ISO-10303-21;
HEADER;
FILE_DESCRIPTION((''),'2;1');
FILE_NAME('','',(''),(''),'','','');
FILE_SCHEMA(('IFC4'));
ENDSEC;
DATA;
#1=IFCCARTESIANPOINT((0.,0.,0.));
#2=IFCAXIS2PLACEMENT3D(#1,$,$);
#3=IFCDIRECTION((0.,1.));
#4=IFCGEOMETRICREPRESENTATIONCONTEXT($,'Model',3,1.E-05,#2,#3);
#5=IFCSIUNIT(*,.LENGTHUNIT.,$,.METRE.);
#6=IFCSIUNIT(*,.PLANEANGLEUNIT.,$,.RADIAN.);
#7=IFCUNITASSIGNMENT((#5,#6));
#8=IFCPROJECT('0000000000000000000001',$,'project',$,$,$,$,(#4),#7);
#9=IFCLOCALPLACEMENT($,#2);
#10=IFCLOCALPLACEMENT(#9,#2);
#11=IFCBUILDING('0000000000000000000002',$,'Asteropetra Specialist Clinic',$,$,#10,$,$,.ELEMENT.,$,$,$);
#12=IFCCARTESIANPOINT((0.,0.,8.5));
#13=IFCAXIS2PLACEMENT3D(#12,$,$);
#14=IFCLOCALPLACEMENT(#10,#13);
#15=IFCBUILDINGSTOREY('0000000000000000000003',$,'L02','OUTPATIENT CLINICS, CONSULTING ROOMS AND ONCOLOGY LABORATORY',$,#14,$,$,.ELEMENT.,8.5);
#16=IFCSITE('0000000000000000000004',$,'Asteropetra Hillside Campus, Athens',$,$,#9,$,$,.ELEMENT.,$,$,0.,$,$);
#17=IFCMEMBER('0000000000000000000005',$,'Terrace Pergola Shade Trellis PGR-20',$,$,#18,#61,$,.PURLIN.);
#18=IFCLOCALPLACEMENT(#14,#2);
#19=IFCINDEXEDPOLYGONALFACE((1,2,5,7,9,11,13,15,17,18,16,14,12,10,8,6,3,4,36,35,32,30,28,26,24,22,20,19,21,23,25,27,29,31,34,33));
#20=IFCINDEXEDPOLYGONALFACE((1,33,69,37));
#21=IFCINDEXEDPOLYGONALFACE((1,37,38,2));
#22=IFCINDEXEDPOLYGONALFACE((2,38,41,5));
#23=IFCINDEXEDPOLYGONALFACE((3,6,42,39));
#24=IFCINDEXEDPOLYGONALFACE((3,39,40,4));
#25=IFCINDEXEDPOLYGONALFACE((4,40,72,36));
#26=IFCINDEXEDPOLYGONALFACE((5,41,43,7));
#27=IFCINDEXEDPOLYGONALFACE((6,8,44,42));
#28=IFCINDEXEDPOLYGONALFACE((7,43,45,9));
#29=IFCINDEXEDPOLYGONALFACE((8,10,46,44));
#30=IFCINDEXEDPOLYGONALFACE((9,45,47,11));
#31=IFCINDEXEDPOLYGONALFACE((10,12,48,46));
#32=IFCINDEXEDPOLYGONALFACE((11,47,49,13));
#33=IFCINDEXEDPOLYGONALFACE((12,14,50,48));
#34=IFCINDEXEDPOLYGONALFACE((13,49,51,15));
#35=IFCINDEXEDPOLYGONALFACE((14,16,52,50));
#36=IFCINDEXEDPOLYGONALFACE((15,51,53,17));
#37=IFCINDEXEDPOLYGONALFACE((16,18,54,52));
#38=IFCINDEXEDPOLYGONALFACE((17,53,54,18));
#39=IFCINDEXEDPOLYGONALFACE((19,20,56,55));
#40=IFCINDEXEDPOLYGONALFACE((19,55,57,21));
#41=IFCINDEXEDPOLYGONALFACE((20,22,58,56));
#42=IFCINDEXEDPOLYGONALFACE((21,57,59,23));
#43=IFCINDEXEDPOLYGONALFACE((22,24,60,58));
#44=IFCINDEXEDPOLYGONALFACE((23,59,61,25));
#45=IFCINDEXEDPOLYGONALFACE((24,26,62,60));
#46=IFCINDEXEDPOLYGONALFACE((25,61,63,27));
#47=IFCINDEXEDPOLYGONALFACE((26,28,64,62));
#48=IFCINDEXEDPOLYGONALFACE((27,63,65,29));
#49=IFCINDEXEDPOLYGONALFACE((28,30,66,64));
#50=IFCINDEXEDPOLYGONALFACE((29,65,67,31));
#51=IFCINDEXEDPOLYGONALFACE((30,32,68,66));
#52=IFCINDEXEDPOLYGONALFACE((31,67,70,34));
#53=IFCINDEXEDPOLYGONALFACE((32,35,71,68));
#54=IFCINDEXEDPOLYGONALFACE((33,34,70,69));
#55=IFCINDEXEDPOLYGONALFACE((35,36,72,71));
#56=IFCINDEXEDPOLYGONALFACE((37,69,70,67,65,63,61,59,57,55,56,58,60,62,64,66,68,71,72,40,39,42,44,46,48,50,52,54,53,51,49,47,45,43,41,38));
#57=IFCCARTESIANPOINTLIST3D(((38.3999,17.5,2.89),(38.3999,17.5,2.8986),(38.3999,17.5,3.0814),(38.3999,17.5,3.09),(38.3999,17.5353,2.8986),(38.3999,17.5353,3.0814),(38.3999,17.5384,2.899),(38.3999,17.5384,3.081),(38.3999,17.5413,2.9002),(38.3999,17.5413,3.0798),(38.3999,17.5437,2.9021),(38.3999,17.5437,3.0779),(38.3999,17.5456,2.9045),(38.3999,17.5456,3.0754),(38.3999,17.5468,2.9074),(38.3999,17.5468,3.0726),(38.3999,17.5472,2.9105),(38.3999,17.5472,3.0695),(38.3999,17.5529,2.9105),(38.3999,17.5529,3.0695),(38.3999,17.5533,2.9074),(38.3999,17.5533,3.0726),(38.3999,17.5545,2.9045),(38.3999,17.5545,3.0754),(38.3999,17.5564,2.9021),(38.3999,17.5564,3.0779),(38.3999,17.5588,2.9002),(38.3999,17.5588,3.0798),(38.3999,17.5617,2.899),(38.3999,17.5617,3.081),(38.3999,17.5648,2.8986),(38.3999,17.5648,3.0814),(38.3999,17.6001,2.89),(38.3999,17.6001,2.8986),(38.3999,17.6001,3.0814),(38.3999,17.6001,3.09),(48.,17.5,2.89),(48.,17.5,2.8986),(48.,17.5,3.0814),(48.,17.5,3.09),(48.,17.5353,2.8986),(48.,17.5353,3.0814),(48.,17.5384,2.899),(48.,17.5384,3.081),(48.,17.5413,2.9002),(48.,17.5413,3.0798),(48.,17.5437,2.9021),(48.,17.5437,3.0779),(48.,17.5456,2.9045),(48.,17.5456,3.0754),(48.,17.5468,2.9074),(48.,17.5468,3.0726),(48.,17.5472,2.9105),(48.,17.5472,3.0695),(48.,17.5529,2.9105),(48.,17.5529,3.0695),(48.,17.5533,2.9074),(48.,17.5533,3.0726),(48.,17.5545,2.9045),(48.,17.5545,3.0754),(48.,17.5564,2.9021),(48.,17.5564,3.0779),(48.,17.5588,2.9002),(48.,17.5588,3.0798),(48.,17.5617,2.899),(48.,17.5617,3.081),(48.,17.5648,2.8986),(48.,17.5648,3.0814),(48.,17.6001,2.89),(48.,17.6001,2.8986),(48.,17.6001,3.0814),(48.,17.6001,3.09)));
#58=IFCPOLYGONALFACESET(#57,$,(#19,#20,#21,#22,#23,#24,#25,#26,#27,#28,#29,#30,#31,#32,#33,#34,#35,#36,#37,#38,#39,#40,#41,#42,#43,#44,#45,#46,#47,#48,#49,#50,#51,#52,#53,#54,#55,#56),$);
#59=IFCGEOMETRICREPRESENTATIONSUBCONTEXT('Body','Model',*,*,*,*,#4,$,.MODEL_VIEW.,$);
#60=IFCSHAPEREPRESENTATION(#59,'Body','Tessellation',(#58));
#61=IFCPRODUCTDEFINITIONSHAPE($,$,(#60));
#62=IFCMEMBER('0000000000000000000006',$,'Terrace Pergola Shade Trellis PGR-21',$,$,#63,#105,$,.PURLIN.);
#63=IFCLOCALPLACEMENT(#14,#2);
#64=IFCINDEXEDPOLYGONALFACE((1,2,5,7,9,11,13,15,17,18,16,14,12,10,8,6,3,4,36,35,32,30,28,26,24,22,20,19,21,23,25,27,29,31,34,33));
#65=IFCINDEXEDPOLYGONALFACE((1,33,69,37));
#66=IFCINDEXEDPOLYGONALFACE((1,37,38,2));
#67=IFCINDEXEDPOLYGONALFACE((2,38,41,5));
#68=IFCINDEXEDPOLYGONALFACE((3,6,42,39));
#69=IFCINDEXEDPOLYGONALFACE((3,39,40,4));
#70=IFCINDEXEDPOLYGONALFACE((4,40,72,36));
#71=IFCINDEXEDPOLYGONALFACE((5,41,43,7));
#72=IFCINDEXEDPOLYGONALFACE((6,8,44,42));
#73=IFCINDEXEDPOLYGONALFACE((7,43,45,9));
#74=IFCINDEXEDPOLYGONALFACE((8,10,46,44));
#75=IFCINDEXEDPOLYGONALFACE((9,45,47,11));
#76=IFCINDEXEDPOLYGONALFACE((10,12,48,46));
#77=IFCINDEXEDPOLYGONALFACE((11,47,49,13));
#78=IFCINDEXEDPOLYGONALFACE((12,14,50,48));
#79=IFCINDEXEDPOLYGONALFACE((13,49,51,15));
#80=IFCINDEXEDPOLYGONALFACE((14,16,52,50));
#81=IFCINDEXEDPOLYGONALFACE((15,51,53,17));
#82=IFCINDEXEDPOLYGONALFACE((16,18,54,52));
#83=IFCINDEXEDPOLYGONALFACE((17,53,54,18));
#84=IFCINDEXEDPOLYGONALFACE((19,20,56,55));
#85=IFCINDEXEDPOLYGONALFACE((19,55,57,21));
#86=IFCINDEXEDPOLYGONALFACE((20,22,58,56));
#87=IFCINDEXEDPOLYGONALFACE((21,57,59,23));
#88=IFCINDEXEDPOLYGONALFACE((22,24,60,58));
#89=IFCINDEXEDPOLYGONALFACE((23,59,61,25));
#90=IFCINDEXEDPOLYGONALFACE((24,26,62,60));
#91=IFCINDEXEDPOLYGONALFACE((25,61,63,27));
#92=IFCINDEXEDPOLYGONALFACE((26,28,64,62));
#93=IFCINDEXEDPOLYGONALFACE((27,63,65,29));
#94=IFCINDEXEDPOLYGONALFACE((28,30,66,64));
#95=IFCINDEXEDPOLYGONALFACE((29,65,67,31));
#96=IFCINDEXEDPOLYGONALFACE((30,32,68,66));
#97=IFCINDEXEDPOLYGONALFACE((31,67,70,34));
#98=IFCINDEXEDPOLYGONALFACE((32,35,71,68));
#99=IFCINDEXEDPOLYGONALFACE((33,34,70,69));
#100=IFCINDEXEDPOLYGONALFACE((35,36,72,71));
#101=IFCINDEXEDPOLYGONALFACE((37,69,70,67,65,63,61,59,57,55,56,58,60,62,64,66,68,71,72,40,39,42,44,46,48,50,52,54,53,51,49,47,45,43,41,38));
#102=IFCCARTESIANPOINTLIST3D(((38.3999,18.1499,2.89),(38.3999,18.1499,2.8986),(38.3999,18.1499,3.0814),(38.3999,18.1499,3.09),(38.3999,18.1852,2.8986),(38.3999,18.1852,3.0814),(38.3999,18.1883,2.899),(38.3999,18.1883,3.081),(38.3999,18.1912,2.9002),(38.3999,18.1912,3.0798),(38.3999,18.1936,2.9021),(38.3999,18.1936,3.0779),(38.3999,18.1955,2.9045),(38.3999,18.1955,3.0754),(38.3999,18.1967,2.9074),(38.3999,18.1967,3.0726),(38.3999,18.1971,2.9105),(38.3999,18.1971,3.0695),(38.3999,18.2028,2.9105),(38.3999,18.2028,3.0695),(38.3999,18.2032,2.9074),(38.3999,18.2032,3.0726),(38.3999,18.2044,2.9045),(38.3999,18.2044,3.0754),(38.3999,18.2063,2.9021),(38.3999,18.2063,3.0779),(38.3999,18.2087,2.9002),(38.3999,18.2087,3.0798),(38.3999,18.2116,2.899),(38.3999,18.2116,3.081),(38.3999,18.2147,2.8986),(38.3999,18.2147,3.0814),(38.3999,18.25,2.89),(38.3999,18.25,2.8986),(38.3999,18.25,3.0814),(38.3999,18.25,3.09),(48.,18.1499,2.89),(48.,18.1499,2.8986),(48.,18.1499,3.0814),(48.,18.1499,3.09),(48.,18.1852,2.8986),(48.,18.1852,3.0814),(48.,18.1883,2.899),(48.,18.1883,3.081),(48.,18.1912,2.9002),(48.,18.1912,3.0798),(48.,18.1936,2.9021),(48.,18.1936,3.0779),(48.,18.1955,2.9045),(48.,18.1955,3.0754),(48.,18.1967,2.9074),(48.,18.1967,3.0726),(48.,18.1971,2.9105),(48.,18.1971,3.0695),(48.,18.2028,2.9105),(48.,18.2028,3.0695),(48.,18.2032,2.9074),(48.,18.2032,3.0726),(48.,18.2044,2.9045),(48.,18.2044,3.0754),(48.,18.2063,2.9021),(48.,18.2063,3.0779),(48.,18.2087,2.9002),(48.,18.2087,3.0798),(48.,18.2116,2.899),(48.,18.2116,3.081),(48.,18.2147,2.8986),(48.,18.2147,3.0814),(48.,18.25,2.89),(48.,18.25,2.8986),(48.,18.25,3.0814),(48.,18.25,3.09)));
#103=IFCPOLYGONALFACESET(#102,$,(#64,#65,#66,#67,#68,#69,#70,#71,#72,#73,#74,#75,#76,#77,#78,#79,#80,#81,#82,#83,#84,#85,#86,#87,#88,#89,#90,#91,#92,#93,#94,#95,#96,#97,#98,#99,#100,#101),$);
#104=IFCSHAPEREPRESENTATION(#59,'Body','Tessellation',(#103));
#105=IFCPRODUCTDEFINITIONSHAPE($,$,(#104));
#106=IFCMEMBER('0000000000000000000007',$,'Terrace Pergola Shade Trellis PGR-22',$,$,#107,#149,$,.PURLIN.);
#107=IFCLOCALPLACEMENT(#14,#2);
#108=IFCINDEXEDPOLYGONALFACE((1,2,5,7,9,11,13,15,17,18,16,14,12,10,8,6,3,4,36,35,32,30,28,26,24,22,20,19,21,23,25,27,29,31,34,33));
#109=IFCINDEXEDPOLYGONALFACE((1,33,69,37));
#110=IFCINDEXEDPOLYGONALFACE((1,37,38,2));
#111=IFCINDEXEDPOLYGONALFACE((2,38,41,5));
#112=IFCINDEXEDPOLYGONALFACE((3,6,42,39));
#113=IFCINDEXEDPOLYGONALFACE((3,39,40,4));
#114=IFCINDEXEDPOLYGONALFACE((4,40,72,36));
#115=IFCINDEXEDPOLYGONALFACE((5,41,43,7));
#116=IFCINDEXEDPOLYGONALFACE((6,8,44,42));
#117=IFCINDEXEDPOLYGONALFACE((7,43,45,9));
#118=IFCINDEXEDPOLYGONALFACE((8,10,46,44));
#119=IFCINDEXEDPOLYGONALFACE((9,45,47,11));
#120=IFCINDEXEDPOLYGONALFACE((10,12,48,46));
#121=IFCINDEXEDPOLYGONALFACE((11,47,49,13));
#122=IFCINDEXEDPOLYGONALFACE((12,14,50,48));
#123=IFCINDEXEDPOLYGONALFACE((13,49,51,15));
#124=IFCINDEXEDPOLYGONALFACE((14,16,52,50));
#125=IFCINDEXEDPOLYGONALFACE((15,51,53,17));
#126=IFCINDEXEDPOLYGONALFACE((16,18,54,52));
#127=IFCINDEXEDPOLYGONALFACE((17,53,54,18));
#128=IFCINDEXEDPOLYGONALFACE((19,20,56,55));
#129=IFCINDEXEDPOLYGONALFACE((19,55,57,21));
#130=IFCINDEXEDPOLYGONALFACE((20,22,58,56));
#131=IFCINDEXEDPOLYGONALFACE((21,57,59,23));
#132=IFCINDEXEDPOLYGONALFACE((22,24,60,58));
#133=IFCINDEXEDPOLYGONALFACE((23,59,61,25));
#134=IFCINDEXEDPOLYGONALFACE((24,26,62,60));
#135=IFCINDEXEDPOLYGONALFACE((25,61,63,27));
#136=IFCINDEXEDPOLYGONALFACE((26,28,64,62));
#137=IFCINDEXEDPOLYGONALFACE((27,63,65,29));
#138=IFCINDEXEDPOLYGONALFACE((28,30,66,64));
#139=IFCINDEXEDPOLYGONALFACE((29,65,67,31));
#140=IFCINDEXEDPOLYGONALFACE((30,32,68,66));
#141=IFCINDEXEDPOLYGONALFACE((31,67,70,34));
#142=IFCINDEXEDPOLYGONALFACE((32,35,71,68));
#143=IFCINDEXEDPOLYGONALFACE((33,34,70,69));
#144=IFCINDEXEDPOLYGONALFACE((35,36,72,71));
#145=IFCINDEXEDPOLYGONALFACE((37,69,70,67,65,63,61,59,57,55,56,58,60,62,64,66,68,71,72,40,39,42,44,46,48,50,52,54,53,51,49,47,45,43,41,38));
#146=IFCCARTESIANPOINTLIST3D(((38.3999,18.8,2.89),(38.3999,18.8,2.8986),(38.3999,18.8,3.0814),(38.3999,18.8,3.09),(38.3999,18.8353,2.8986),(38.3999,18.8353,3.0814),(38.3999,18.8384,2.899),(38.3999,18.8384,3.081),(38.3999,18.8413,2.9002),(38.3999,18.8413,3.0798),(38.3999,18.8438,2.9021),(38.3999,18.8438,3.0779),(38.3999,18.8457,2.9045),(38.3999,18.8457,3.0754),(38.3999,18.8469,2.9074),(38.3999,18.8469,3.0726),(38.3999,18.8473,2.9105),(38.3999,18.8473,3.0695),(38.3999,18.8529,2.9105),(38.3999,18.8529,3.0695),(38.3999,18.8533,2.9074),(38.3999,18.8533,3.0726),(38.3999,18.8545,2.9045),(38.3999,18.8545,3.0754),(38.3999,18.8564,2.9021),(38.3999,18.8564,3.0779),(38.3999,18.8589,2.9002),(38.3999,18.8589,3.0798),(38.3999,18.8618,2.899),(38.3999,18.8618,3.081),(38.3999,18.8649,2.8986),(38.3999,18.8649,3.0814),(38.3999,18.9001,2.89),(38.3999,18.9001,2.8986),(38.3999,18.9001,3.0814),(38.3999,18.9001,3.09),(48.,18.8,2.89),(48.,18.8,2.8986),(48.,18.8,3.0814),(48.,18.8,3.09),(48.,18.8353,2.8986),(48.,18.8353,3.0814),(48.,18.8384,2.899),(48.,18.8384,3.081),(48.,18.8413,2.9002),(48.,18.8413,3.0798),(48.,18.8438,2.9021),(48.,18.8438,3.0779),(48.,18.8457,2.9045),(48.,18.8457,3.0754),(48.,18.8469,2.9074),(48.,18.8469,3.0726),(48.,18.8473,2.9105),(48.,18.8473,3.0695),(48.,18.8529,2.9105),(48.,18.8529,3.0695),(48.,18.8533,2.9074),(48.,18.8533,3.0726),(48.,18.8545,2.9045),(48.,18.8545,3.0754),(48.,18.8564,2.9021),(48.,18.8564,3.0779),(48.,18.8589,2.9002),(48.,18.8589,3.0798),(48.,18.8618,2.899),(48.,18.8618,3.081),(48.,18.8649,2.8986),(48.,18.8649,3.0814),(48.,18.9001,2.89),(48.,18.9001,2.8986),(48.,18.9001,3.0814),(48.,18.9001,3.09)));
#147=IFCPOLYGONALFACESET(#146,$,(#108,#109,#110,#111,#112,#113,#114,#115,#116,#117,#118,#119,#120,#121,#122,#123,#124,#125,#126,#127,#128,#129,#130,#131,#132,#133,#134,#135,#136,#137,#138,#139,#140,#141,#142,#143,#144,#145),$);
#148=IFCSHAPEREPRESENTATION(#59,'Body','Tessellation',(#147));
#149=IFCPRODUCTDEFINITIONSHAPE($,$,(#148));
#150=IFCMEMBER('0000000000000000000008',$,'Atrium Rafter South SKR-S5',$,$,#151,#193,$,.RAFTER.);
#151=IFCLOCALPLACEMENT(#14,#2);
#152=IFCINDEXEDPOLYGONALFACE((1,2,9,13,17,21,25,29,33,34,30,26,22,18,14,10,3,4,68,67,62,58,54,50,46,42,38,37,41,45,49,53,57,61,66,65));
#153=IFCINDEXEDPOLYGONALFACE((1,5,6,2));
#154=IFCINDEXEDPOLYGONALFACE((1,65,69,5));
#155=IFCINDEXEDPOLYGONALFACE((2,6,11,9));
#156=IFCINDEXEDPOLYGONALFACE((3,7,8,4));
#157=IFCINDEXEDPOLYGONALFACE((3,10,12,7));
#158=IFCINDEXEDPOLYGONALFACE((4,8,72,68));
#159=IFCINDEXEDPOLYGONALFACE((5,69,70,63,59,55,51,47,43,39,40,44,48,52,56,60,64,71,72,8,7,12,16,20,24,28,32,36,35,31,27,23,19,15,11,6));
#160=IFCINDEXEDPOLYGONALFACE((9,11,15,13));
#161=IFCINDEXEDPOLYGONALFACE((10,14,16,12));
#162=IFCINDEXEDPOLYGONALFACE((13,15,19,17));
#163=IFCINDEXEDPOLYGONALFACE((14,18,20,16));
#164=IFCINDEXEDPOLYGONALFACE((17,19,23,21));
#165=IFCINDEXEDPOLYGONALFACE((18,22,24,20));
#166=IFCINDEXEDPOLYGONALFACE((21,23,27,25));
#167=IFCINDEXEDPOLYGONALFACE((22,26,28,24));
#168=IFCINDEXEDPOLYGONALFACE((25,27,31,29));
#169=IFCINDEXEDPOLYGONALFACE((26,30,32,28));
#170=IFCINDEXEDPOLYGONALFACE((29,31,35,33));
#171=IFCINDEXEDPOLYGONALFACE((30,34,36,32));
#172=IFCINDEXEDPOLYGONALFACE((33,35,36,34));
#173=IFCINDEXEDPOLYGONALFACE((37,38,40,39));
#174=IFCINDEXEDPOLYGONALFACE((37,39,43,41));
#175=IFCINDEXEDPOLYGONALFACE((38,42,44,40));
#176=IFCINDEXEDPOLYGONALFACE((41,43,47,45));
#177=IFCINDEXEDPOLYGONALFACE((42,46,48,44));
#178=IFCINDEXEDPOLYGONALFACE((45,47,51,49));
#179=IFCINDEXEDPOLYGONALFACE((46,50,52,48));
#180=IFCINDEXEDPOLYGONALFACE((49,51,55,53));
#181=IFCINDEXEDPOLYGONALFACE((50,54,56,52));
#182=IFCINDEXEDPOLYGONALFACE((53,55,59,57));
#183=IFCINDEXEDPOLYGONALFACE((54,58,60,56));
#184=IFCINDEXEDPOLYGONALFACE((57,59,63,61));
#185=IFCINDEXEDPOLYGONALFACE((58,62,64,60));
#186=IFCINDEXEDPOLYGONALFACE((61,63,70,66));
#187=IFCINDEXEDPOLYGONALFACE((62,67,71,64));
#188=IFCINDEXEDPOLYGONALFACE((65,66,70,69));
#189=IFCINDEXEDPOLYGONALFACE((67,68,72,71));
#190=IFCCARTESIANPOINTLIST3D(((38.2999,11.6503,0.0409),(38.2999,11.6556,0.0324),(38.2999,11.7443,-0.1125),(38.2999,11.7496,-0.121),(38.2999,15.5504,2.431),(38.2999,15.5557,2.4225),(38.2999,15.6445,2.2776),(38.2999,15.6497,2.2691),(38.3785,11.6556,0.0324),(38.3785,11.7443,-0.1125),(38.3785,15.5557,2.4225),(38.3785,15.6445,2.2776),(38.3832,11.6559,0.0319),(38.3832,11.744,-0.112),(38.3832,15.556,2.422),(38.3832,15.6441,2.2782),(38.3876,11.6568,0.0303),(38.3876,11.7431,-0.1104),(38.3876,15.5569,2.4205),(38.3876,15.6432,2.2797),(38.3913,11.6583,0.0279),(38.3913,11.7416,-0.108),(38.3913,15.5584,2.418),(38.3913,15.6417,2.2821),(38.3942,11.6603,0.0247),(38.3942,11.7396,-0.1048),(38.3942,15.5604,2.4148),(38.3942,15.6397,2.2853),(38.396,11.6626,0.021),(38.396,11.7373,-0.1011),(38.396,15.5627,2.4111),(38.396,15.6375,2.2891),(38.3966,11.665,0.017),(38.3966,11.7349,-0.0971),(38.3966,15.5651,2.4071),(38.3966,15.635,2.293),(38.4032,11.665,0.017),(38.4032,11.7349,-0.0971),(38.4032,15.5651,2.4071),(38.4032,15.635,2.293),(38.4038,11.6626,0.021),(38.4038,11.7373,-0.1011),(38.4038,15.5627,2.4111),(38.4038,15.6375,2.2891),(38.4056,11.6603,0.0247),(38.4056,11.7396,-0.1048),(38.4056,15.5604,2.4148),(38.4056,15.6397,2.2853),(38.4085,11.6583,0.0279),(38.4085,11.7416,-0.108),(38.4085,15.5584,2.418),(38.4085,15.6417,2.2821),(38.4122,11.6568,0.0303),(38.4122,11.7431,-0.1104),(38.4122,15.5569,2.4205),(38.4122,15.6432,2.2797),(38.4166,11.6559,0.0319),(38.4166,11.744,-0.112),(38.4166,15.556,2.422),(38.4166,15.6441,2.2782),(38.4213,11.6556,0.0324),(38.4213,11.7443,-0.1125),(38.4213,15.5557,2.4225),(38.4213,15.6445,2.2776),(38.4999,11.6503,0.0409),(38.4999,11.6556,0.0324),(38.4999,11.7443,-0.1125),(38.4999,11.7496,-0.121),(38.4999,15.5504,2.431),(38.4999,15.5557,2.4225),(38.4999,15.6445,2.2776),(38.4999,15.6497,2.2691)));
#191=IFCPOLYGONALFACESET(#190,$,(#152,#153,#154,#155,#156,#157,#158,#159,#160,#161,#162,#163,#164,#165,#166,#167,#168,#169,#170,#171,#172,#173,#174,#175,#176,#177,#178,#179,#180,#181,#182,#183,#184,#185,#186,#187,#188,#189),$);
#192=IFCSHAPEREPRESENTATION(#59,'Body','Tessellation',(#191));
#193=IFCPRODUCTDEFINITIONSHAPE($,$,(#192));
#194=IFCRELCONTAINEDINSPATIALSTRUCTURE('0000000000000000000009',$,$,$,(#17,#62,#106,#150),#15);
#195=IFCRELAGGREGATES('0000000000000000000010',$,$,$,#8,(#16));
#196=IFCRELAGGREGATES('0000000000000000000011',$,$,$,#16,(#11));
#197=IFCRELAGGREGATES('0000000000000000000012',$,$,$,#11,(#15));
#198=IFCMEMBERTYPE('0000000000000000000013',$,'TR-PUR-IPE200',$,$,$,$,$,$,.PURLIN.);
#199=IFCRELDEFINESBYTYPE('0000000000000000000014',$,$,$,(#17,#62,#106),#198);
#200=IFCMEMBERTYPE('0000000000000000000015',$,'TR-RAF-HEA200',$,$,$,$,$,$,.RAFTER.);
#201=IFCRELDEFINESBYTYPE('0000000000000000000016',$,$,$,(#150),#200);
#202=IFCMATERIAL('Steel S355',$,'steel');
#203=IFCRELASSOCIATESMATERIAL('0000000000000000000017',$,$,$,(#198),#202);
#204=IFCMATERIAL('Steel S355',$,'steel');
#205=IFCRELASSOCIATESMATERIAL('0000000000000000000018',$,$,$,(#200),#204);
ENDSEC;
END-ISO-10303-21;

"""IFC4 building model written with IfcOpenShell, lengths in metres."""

from ifc_helpers import new_model, si_unit, direction, frame, origin, origin_2d, place, context, subcontext, project, spatial, i_section, extrude, material, material_profile, profile_set, type_object, element, save


model = new_model("IFC4")

# Units and contexts
model_context = context("Model", 3, precision=1e-05, world=origin(), true_north=direction((0.0, 1.0)))
body_context = subcontext(model_context, "Body", "Model", "MODEL_VIEW")
ifc_project = project(units=[si_unit("LENGTHUNIT", "METRE"), si_unit("PLANEANGLEUNIT", "RADIAN")], contexts=[model_context])

# Site, building, storey
site_placement = place(None, origin())
site = spatial("IfcSite", under=ifc_project, at=site_placement, Name="Asteropetra Hillside Campus, Athens", CompositionType="ELEMENT", RefElevation=0.0)
building_placement = place(site_placement, origin())
building = spatial("IfcBuilding", under=site, at=building_placement, Name="Asteropetra Specialist Clinic", CompositionType="ELEMENT")
storey_placement = place(building_placement, frame((0.0, 0.0, 8.5)))
storey = spatial("IfcBuildingStorey", under=building, at=storey_placement, Name="L02", Description="OUTPATIENT CLINICS, CONSULTING ROOMS AND ONCOLOGY LABORATORY", CompositionType="ELEMENT", Elevation=8.5)

# Members
ifc_material_1 = material(Name="Steel S355", Category="steel")
ifc_material_profile_1 = material_profile(ifc_material_1, i_section(OverallWidth=0.1001, OverallDepth=0.2, WebThickness=0.0056, FlangeThickness=0.0085, FilletRadius=0.012, at=origin_2d()), Name="IPE 200")
ifc_profile_set_1 = profile_set([ifc_material_profile_1], Name="Steel S355")
member_type_1 = type_object("IfcMemberType", Name="TR-PUR-IPE200", PredefinedType="PURLIN", material=ifc_profile_set_1)
for number, where, z_axis, x_axis, name in (
    (1, (38.3999, 17.55, 2.99), (1.0, 0.0, 0.0), (0.0, 1.0, 0.0), "Terrace Pergola Shade Trellis PGR-20"),
    (2, (38.3999, 18.2, 2.99), (1.0, 0.0, 0.0), (0.0, 1.0, 0.0), "Terrace Pergola Shade Trellis PGR-21"),
    (3, (38.3999, 18.8501, 2.99), (1.0, 0.0, 0.0), (0.0, 1.0, 0.0), "Terrace Pergola Shade Trellis PGR-22"),
):
    element("IfcMember", number, at=place(storey_placement, frame(where, z_axis=z_axis, x_axis=x_axis)), inside=storey, type_object=member_type_1, Name=name, PredefinedType="PURLIN", context=body_context, shape_type="SweptSolid", body=[
        extrude(i_section(OverallWidth=0.1001, OverallDepth=0.2, WebThickness=0.0056, FlangeThickness=0.0085, FilletRadius=0.012, at=origin_2d()), origin(), (0.0, 0.0, 1.0), 9.6001),
    ])
ifc_material_2 = material(Name="Steel S355", Category="steel")
ifc_material_profile_2 = material_profile(ifc_material_2, i_section(OverallWidth=0.2, OverallDepth=0.1899, WebThickness=0.0066, FlangeThickness=0.01, FilletRadius=0.0181, at=origin_2d()), Name="HEA 200")
ifc_profile_set_2 = profile_set([ifc_material_profile_2], Name="Steel S355")
member_type_2 = type_object("IfcMemberType", Name="TR-RAF-HEA200", PredefinedType="RAFTER", material=ifc_profile_set_2)
member_1_placement = place(storey_placement, frame((38.3999, 11.7, -0.04), z_axis=(0.0, 0.852628, 0.522518), x_axis=(-1.0, 0.0, 0.0)))
element("IfcMember", 4, at=member_1_placement, inside=storey, type_object=member_type_2, Name="Atrium Rafter South SKR-S5", PredefinedType="RAFTER", context=body_context, shape_type="SweptSolid", body=[
    extrude(i_section(OverallWidth=0.2, OverallDepth=0.1899, WebThickness=0.0066, FlangeThickness=0.01, FilletRadius=0.0181, at=origin_2d()), origin(), (0.0, 0.0, 1.0), 4.5742),
])

save(model, "model.ifc")
